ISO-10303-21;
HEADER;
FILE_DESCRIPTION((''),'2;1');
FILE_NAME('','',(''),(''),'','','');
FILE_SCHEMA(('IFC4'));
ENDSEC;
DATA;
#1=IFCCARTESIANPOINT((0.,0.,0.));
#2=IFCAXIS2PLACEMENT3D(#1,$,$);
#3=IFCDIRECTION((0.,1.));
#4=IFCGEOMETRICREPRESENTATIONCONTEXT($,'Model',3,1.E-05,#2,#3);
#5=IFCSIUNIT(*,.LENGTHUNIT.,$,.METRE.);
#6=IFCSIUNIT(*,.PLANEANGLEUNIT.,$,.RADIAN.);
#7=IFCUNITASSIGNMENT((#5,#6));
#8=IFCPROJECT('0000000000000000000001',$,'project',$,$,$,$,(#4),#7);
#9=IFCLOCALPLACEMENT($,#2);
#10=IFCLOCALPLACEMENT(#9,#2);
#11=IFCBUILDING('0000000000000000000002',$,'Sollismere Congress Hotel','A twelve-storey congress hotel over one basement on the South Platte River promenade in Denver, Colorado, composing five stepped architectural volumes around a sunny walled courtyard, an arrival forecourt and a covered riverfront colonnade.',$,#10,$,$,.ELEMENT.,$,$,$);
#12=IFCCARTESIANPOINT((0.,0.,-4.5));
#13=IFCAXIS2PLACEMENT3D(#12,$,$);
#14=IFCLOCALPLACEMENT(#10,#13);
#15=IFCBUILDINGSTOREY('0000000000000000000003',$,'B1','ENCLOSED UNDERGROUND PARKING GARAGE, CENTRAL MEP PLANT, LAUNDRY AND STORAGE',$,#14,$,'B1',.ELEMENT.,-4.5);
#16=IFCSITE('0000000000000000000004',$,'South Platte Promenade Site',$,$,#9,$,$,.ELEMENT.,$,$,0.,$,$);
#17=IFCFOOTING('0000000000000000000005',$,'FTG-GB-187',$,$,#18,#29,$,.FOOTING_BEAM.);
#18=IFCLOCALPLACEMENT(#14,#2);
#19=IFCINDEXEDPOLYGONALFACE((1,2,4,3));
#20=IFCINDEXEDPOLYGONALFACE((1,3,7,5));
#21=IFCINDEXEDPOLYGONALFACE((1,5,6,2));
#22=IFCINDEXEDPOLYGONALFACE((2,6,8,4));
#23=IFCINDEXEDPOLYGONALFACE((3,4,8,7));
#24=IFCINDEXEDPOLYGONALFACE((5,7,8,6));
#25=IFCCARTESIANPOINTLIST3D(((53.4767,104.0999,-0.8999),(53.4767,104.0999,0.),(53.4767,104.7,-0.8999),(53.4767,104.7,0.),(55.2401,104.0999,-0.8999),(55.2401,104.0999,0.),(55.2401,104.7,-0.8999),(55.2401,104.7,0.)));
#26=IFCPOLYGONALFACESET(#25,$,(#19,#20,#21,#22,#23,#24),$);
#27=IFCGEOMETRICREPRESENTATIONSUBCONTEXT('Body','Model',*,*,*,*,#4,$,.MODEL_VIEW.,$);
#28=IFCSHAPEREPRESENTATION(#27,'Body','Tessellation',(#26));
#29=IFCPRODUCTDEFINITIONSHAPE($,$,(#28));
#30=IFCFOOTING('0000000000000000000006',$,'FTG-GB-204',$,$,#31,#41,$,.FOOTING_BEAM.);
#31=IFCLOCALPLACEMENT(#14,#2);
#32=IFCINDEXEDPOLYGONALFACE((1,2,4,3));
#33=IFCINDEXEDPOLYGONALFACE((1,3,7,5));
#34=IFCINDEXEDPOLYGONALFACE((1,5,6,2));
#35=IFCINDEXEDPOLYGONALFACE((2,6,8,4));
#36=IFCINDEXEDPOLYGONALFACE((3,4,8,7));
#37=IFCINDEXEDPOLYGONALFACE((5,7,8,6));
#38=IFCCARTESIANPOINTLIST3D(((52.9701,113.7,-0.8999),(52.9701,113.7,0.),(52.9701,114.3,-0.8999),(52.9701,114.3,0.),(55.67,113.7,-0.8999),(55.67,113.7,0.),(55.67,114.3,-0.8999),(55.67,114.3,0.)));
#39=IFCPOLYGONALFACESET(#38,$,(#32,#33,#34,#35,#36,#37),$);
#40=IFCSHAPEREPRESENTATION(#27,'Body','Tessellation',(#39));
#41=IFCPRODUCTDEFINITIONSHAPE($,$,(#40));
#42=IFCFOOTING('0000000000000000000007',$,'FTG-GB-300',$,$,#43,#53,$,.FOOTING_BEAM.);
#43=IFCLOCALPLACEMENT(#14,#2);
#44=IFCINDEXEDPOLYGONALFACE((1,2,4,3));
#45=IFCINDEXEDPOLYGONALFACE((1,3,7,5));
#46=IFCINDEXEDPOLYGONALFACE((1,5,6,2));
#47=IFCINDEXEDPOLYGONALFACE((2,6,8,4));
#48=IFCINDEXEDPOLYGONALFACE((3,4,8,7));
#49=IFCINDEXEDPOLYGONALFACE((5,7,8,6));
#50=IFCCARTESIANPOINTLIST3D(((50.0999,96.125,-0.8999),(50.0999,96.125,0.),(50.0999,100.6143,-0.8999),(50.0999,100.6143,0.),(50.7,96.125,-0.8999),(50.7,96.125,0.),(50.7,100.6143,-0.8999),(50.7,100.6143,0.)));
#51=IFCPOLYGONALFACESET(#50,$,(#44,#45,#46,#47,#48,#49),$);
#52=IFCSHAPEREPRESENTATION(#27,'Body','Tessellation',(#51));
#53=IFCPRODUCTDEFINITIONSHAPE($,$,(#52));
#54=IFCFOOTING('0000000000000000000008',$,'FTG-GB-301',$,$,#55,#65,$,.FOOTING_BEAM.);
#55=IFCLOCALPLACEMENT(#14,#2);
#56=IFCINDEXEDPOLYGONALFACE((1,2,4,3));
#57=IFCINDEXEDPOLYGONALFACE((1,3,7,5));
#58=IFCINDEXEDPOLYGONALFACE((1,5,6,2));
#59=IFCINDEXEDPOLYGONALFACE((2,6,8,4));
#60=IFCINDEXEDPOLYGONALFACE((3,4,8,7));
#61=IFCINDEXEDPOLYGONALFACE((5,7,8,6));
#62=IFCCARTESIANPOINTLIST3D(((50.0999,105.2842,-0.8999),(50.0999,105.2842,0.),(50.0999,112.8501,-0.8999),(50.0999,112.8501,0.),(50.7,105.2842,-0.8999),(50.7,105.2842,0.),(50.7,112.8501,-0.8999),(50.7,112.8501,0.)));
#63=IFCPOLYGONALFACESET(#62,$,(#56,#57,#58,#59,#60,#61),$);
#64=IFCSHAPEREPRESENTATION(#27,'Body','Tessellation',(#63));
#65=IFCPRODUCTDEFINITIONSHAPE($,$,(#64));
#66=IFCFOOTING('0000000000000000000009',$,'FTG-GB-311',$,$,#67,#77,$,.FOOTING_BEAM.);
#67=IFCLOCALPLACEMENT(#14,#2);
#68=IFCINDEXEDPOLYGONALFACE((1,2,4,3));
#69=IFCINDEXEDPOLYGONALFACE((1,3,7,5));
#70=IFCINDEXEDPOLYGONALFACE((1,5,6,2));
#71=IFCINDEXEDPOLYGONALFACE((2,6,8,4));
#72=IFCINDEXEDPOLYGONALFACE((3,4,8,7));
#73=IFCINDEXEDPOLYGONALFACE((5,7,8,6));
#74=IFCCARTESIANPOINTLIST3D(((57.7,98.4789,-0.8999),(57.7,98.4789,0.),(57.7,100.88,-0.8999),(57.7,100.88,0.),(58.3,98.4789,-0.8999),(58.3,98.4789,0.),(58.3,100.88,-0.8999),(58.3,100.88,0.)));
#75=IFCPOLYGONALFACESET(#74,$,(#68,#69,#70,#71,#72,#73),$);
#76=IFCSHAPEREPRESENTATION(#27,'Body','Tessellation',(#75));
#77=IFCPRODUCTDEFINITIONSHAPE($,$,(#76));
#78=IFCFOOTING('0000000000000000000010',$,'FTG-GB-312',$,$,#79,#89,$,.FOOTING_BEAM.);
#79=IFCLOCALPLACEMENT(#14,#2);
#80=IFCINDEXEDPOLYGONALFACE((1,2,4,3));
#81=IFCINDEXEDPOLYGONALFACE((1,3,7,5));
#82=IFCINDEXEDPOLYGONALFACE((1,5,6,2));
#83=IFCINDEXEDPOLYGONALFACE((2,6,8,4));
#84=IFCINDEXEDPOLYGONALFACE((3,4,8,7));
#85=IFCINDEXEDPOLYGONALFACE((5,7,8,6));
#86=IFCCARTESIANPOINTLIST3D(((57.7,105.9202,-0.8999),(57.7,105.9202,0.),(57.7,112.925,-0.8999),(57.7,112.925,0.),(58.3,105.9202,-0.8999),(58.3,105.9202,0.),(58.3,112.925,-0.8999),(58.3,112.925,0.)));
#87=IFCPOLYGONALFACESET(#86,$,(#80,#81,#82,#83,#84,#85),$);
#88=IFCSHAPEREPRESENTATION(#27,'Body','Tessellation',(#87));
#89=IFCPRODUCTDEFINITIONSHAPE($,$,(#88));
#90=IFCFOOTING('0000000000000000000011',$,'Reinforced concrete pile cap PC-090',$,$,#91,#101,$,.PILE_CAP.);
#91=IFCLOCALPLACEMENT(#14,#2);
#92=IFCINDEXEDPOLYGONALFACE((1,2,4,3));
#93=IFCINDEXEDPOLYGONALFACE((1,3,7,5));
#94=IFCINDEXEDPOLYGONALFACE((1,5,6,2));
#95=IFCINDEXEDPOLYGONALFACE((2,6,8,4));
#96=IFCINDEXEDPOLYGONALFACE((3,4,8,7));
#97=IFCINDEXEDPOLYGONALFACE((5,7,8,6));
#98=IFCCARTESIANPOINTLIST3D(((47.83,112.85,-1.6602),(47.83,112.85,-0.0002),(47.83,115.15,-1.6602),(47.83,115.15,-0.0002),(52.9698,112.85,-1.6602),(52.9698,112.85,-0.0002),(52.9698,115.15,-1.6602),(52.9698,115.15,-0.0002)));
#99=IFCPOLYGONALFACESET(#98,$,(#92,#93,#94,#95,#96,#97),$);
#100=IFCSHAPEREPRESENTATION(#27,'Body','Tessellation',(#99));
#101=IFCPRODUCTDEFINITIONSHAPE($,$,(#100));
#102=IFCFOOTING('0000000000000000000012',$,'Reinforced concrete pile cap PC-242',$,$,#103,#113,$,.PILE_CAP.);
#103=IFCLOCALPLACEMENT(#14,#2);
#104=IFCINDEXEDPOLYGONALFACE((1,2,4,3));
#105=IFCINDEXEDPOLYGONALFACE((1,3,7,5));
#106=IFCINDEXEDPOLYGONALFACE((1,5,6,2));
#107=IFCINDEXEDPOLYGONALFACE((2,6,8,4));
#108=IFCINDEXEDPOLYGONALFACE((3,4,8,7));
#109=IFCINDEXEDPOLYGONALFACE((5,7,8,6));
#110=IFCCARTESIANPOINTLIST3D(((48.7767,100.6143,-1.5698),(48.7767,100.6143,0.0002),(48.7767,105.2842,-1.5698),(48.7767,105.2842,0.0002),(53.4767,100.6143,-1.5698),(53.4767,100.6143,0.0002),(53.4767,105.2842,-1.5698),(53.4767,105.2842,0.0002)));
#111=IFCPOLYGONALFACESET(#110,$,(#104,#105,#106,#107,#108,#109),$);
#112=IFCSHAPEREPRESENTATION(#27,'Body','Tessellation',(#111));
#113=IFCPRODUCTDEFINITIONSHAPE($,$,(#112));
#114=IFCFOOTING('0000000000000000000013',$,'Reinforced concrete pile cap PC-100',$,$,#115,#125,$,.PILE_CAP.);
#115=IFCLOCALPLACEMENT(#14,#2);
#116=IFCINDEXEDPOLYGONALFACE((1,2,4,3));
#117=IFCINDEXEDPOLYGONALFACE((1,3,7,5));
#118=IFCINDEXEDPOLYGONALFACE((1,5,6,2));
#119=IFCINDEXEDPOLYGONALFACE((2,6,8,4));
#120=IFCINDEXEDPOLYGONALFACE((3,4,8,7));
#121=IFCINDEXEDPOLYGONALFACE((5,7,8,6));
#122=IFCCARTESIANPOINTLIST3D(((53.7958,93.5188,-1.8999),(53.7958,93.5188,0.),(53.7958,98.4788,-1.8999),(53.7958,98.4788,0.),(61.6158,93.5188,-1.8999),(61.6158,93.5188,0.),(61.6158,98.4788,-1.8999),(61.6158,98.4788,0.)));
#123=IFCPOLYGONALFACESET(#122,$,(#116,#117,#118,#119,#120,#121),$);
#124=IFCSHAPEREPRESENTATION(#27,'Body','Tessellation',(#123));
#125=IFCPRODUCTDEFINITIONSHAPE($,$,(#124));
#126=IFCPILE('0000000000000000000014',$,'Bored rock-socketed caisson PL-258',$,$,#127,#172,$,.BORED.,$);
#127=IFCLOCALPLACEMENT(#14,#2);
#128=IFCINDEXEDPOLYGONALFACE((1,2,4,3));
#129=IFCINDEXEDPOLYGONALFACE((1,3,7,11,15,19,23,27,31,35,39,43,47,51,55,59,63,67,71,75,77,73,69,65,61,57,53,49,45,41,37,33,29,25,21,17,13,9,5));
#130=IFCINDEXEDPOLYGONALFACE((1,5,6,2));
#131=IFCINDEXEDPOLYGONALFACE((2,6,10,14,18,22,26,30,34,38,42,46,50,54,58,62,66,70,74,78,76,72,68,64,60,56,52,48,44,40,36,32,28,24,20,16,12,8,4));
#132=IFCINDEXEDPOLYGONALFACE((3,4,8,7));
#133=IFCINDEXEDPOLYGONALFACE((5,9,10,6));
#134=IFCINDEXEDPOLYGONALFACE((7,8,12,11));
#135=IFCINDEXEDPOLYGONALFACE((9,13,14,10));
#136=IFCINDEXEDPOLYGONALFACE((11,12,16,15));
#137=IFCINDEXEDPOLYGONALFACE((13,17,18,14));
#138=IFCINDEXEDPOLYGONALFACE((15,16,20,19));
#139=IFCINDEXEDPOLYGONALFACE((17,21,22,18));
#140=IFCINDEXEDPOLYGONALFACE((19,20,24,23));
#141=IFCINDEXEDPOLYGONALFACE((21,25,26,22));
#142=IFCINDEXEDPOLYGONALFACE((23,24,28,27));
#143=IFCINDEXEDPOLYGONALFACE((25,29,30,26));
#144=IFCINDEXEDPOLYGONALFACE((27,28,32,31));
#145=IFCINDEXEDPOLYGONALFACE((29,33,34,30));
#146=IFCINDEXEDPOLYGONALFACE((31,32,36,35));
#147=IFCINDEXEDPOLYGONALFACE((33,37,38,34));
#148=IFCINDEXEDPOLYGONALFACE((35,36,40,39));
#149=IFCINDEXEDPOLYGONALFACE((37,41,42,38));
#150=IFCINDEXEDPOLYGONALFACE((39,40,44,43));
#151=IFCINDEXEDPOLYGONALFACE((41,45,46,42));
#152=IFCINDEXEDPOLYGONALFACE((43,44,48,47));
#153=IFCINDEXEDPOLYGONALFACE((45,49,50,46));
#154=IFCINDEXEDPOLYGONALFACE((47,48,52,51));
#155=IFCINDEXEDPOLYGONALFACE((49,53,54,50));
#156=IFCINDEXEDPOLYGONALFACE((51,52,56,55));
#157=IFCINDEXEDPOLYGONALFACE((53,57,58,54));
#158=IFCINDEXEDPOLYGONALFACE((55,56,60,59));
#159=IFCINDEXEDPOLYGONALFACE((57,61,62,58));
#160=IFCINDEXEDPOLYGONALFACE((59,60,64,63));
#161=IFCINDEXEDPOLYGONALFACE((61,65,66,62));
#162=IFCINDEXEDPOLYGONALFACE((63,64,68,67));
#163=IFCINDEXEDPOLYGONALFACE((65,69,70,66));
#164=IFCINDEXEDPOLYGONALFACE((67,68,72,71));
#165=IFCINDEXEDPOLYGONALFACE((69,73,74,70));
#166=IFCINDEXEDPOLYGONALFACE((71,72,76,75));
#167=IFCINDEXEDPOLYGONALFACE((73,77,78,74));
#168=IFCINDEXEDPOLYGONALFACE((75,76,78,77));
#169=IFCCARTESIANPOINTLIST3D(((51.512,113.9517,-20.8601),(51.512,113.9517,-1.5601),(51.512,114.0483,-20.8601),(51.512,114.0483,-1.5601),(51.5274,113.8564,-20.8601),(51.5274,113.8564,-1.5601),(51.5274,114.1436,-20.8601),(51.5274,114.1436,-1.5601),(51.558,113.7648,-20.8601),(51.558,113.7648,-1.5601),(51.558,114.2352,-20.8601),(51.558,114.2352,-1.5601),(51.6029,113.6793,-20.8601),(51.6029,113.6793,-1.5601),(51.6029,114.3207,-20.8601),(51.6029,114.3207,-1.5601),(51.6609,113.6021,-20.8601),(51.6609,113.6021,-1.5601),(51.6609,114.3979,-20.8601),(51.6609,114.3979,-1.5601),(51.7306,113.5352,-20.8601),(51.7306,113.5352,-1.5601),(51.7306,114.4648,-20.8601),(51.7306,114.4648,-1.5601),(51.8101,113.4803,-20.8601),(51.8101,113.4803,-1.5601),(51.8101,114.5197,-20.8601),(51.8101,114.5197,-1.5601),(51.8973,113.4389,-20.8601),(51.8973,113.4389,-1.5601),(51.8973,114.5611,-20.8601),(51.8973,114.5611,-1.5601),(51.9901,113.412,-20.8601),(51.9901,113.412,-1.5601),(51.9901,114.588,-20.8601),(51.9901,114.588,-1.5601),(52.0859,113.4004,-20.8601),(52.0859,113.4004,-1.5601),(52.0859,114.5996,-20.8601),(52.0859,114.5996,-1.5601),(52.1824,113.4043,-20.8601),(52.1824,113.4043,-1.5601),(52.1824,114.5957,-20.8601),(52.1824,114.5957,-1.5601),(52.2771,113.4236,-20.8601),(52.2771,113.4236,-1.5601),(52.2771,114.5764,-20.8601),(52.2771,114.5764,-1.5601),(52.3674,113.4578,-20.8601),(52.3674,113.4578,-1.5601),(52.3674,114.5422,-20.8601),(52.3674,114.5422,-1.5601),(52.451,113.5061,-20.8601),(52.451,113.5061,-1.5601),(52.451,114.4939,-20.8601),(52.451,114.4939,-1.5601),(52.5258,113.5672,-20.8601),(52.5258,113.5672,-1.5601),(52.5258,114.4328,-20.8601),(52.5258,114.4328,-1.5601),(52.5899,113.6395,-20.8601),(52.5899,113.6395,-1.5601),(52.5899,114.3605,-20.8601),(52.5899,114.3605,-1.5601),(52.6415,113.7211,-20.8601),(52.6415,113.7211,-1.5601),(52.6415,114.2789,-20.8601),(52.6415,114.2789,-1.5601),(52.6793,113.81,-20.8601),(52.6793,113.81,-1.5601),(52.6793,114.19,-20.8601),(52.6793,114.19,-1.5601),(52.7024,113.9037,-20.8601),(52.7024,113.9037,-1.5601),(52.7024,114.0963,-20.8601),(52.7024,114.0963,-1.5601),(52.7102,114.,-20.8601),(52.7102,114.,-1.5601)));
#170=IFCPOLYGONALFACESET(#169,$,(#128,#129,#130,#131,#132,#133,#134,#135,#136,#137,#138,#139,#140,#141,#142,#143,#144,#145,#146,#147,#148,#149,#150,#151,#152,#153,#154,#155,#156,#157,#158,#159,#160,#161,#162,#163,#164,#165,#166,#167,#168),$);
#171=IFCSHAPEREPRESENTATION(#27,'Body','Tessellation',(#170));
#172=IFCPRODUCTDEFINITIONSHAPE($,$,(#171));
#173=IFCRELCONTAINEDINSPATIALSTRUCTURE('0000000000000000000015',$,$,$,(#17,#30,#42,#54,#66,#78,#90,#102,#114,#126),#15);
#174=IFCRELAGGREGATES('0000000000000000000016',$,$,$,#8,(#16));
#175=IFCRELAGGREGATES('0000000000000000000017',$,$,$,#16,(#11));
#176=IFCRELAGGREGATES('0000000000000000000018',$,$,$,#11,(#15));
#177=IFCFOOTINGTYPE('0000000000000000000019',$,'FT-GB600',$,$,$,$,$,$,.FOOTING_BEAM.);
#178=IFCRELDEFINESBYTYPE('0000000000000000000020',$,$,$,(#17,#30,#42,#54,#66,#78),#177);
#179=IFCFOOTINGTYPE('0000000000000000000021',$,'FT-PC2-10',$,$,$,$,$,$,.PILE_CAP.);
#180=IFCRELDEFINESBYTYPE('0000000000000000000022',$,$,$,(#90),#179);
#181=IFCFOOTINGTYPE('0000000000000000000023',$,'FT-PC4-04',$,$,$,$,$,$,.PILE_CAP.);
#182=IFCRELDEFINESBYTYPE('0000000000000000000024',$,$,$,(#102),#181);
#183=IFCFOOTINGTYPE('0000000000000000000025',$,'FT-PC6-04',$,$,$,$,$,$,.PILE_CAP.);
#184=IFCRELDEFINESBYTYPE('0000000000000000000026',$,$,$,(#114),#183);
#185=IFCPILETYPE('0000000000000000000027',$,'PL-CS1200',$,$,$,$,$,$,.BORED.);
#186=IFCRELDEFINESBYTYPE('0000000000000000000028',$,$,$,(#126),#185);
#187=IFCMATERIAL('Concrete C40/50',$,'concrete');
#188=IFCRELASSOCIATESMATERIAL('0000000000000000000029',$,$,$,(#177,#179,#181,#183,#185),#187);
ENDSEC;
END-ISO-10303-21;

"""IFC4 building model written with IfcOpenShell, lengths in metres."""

from ifc_helpers import new_model, si_unit, direction, frame, origin, origin_2d, place, context, subcontext, project, spatial, rectangle, circle, extrude, material, material_profile, profile_set, type_object, element, save


model = new_model("IFC4")

# Units and contexts
model_context = context("Model", 3, precision=1e-05, world=origin(), true_north=direction((0.0, 1.0)))
body_context = subcontext(model_context, "Body", "Model", "MODEL_VIEW")
ifc_project = project(units=[si_unit("LENGTHUNIT", "METRE"), si_unit("PLANEANGLEUNIT", "RADIAN")], contexts=[model_context])

# Site, building, storey
site_placement = place(None, origin())
site = spatial("IfcSite", under=ifc_project, at=site_placement, Name="South Platte Promenade Site", CompositionType="ELEMENT", RefElevation=0.0)
building_placement = place(site_placement, origin())
building = spatial("IfcBuilding", under=site, at=building_placement, Name="Sollismere Congress Hotel", Description="A twelve-storey congress hotel over one basement on the South Platte River promenade in Denver, Colorado, composing five stepped architectural volumes around a sunny walled courtyard, an arrival forecourt and a covered riverfront colonnade.", CompositionType="ELEMENT")
storey_placement = place(building_placement, frame((0.0, 0.0, -4.5)))
storey = spatial("IfcBuildingStorey", under=building, at=storey_placement, Name="B1", Description="ENCLOSED UNDERGROUND PARKING GARAGE, CENTRAL MEP PLANT, LAUNDRY AND STORAGE", LongName="B1", CompositionType="ELEMENT", Elevation=-4.5)

# Footings
ifc_material_1 = material(Name="Concrete C40/50", Category="concrete")
footing_type_1 = type_object("IfcFootingType", Name="FT-GB600", PredefinedType="FOOTING_BEAM", material=ifc_material_1)
footing_1_placement = place(storey_placement, frame((54.3584, 104.3999, -0.8999), z_axis=(0.0, 0.0, 1.0), x_axis=(1.0, 0.0, 0.0)))
element("IfcFooting", 1, at=footing_1_placement, inside=storey, type_object=footing_type_1, Name="FTG-GB-187", PredefinedType="FOOTING_BEAM", context=body_context, shape_type="SweptSolid", body=[
    extrude(rectangle(XDim=1.7634, YDim=0.6001, at=origin_2d()), origin(), (0.0, 0.0, 1.0), 0.8999),
])
footing_2_placement = place(storey_placement, frame((54.3201, 114.0, -0.8999), z_axis=(0.0, 0.0, 1.0), x_axis=(1.0, 0.0, 0.0)))
element("IfcFooting", 2, at=footing_2_placement, inside=storey, type_object=footing_type_1, Name="FTG-GB-204", PredefinedType="FOOTING_BEAM", context=body_context, shape_type="SweptSolid", body=[
    extrude(rectangle(XDim=2.7, YDim=0.6001, at=origin_2d()), origin(), (0.0, 0.0, 1.0), 0.8999),
])
footing_3_placement = place(storey_placement, frame((50.3999, 98.3696, -0.8999), z_axis=(0.0, 0.0, 1.0), x_axis=(0.0, 1.0, 0.0)))
element("IfcFooting", 3, at=footing_3_placement, inside=storey, type_object=footing_type_1, Name="FTG-GB-300", PredefinedType="FOOTING_BEAM", context=body_context, shape_type="SweptSolid", body=[
    extrude(rectangle(XDim=4.4893, YDim=0.6001, at=origin_2d()), origin(), (0.0, 0.0, 1.0), 0.8999),
])
footing_4_placement = place(storey_placement, frame((50.3999, 109.0671, -0.8999), z_axis=(0.0, 0.0, 1.0), x_axis=(0.0, 1.0, 0.0)))
element("IfcFooting", 4, at=footing_4_placement, inside=storey, type_object=footing_type_1, Name="FTG-GB-301", PredefinedType="FOOTING_BEAM", context=body_context, shape_type="SweptSolid", body=[
    extrude(rectangle(XDim=7.5659, YDim=0.6001, at=origin_2d()), origin(), (0.0, 0.0, 1.0), 0.8999),
])
footing_5_placement = place(storey_placement, frame((58.0, 99.6794, -0.8999), z_axis=(0.0, 0.0, 1.0), x_axis=(0.0, 1.0, 0.0)))
element("IfcFooting", 5, at=footing_5_placement, inside=storey, type_object=footing_type_1, Name="FTG-GB-311", PredefinedType="FOOTING_BEAM", context=body_context, shape_type="SweptSolid", body=[
    extrude(rectangle(XDim=2.4011, YDim=0.6001, at=origin_2d()), origin(), (0.0, 0.0, 1.0), 0.8999),
])
footing_6_placement = place(storey_placement, frame((58.0, 109.4226, -0.8999), z_axis=(0.0, 0.0, 1.0), x_axis=(0.0, 1.0, 0.0)))
element("IfcFooting", 6, at=footing_6_placement, inside=storey, type_object=footing_type_1, Name="FTG-GB-312", PredefinedType="FOOTING_BEAM", context=body_context, shape_type="SweptSolid", body=[
    extrude(rectangle(XDim=7.0049, YDim=0.6001, at=origin_2d()), origin(), (0.0, 0.0, 1.0), 0.8999),
])
footing_type_2 = type_object("IfcFootingType", Name="FT-PC2-10", PredefinedType="PILE_CAP", material=ifc_material_1)
footing_7_placement = place(storey_placement, frame((50.3999, 114.0, -1.6602), z_axis=(0.0, 0.0, 1.0), x_axis=(1.0, 0.0, 0.0)))
element("IfcFooting", 7, at=footing_7_placement, inside=storey, type_object=footing_type_2, Name="Reinforced concrete pile cap PC-090", PredefinedType="PILE_CAP", context=body_context, shape_type="SweptSolid", body=[
    extrude(rectangle(XDim=5.1399, YDim=2.3, at=origin_2d()), origin(), (0.0, 0.0, 1.0), 1.6599),
])
footing_type_3 = type_object("IfcFootingType", Name="FT-PC4-04", PredefinedType="PILE_CAP", material=ifc_material_1)
footing_8_placement = place(storey_placement, frame((51.1267, 102.9492, -1.5698), z_axis=(0.0, 0.0, 1.0), x_axis=(1.0, 0.0, 0.0)))
element("IfcFooting", 8, at=footing_8_placement, inside=storey, type_object=footing_type_3, Name="Reinforced concrete pile cap PC-242", PredefinedType="PILE_CAP", context=body_context, shape_type="SweptSolid", body=[
    extrude(rectangle(XDim=4.7, YDim=4.6699, at=origin_2d()), origin(), (0.0, 0.0, 1.0), 1.5701),
])
footing_type_4 = type_object("IfcFootingType", Name="FT-PC6-04", PredefinedType="PILE_CAP", material=ifc_material_1)
footing_9_placement = place(storey_placement, frame((57.7058, 95.9988, -1.8999), z_axis=(0.0, 0.0, 1.0), x_axis=(1.0, 0.0, 0.0)))
element("IfcFooting", 9, at=footing_9_placement, inside=storey, type_object=footing_type_4, Name="Reinforced concrete pile cap PC-100", PredefinedType="PILE_CAP", context=body_context, shape_type="SweptSolid", body=[
    extrude(rectangle(XDim=7.8201, YDim=4.96, at=origin_2d()), origin(), (0.0, 0.0, 1.0), 1.8999),
])

# Pile
ifc_material_profile_1 = material_profile(ifc_material_1, circle(Radius=0.6001, at=origin_2d()), Name="CAISSON1200")
ifc_profile_set_1 = profile_set([ifc_material_profile_1], Name="Concrete C40/50")
pile_type = type_object("IfcPileType", Name="PL-CS1200", PredefinedType="BORED", material=ifc_profile_set_1)
pile_1_placement = place(storey_placement, frame((52.1101, 114.0, -1.5601), z_axis=(0.0, 0.0, -1.0), x_axis=(1.0, 0.0, 0.0)))
element("IfcPile", 10, at=pile_1_placement, inside=storey, type_object=pile_type, Name="Bored rock-socketed caisson PL-258", PredefinedType="BORED", context=body_context, shape_type="SweptSolid", body=[
    extrude(circle(Radius=0.6001, at=origin_2d()), origin(), (0.0, 0.0, 1.0), 19.3),
])

save(model, "model.ifc")
